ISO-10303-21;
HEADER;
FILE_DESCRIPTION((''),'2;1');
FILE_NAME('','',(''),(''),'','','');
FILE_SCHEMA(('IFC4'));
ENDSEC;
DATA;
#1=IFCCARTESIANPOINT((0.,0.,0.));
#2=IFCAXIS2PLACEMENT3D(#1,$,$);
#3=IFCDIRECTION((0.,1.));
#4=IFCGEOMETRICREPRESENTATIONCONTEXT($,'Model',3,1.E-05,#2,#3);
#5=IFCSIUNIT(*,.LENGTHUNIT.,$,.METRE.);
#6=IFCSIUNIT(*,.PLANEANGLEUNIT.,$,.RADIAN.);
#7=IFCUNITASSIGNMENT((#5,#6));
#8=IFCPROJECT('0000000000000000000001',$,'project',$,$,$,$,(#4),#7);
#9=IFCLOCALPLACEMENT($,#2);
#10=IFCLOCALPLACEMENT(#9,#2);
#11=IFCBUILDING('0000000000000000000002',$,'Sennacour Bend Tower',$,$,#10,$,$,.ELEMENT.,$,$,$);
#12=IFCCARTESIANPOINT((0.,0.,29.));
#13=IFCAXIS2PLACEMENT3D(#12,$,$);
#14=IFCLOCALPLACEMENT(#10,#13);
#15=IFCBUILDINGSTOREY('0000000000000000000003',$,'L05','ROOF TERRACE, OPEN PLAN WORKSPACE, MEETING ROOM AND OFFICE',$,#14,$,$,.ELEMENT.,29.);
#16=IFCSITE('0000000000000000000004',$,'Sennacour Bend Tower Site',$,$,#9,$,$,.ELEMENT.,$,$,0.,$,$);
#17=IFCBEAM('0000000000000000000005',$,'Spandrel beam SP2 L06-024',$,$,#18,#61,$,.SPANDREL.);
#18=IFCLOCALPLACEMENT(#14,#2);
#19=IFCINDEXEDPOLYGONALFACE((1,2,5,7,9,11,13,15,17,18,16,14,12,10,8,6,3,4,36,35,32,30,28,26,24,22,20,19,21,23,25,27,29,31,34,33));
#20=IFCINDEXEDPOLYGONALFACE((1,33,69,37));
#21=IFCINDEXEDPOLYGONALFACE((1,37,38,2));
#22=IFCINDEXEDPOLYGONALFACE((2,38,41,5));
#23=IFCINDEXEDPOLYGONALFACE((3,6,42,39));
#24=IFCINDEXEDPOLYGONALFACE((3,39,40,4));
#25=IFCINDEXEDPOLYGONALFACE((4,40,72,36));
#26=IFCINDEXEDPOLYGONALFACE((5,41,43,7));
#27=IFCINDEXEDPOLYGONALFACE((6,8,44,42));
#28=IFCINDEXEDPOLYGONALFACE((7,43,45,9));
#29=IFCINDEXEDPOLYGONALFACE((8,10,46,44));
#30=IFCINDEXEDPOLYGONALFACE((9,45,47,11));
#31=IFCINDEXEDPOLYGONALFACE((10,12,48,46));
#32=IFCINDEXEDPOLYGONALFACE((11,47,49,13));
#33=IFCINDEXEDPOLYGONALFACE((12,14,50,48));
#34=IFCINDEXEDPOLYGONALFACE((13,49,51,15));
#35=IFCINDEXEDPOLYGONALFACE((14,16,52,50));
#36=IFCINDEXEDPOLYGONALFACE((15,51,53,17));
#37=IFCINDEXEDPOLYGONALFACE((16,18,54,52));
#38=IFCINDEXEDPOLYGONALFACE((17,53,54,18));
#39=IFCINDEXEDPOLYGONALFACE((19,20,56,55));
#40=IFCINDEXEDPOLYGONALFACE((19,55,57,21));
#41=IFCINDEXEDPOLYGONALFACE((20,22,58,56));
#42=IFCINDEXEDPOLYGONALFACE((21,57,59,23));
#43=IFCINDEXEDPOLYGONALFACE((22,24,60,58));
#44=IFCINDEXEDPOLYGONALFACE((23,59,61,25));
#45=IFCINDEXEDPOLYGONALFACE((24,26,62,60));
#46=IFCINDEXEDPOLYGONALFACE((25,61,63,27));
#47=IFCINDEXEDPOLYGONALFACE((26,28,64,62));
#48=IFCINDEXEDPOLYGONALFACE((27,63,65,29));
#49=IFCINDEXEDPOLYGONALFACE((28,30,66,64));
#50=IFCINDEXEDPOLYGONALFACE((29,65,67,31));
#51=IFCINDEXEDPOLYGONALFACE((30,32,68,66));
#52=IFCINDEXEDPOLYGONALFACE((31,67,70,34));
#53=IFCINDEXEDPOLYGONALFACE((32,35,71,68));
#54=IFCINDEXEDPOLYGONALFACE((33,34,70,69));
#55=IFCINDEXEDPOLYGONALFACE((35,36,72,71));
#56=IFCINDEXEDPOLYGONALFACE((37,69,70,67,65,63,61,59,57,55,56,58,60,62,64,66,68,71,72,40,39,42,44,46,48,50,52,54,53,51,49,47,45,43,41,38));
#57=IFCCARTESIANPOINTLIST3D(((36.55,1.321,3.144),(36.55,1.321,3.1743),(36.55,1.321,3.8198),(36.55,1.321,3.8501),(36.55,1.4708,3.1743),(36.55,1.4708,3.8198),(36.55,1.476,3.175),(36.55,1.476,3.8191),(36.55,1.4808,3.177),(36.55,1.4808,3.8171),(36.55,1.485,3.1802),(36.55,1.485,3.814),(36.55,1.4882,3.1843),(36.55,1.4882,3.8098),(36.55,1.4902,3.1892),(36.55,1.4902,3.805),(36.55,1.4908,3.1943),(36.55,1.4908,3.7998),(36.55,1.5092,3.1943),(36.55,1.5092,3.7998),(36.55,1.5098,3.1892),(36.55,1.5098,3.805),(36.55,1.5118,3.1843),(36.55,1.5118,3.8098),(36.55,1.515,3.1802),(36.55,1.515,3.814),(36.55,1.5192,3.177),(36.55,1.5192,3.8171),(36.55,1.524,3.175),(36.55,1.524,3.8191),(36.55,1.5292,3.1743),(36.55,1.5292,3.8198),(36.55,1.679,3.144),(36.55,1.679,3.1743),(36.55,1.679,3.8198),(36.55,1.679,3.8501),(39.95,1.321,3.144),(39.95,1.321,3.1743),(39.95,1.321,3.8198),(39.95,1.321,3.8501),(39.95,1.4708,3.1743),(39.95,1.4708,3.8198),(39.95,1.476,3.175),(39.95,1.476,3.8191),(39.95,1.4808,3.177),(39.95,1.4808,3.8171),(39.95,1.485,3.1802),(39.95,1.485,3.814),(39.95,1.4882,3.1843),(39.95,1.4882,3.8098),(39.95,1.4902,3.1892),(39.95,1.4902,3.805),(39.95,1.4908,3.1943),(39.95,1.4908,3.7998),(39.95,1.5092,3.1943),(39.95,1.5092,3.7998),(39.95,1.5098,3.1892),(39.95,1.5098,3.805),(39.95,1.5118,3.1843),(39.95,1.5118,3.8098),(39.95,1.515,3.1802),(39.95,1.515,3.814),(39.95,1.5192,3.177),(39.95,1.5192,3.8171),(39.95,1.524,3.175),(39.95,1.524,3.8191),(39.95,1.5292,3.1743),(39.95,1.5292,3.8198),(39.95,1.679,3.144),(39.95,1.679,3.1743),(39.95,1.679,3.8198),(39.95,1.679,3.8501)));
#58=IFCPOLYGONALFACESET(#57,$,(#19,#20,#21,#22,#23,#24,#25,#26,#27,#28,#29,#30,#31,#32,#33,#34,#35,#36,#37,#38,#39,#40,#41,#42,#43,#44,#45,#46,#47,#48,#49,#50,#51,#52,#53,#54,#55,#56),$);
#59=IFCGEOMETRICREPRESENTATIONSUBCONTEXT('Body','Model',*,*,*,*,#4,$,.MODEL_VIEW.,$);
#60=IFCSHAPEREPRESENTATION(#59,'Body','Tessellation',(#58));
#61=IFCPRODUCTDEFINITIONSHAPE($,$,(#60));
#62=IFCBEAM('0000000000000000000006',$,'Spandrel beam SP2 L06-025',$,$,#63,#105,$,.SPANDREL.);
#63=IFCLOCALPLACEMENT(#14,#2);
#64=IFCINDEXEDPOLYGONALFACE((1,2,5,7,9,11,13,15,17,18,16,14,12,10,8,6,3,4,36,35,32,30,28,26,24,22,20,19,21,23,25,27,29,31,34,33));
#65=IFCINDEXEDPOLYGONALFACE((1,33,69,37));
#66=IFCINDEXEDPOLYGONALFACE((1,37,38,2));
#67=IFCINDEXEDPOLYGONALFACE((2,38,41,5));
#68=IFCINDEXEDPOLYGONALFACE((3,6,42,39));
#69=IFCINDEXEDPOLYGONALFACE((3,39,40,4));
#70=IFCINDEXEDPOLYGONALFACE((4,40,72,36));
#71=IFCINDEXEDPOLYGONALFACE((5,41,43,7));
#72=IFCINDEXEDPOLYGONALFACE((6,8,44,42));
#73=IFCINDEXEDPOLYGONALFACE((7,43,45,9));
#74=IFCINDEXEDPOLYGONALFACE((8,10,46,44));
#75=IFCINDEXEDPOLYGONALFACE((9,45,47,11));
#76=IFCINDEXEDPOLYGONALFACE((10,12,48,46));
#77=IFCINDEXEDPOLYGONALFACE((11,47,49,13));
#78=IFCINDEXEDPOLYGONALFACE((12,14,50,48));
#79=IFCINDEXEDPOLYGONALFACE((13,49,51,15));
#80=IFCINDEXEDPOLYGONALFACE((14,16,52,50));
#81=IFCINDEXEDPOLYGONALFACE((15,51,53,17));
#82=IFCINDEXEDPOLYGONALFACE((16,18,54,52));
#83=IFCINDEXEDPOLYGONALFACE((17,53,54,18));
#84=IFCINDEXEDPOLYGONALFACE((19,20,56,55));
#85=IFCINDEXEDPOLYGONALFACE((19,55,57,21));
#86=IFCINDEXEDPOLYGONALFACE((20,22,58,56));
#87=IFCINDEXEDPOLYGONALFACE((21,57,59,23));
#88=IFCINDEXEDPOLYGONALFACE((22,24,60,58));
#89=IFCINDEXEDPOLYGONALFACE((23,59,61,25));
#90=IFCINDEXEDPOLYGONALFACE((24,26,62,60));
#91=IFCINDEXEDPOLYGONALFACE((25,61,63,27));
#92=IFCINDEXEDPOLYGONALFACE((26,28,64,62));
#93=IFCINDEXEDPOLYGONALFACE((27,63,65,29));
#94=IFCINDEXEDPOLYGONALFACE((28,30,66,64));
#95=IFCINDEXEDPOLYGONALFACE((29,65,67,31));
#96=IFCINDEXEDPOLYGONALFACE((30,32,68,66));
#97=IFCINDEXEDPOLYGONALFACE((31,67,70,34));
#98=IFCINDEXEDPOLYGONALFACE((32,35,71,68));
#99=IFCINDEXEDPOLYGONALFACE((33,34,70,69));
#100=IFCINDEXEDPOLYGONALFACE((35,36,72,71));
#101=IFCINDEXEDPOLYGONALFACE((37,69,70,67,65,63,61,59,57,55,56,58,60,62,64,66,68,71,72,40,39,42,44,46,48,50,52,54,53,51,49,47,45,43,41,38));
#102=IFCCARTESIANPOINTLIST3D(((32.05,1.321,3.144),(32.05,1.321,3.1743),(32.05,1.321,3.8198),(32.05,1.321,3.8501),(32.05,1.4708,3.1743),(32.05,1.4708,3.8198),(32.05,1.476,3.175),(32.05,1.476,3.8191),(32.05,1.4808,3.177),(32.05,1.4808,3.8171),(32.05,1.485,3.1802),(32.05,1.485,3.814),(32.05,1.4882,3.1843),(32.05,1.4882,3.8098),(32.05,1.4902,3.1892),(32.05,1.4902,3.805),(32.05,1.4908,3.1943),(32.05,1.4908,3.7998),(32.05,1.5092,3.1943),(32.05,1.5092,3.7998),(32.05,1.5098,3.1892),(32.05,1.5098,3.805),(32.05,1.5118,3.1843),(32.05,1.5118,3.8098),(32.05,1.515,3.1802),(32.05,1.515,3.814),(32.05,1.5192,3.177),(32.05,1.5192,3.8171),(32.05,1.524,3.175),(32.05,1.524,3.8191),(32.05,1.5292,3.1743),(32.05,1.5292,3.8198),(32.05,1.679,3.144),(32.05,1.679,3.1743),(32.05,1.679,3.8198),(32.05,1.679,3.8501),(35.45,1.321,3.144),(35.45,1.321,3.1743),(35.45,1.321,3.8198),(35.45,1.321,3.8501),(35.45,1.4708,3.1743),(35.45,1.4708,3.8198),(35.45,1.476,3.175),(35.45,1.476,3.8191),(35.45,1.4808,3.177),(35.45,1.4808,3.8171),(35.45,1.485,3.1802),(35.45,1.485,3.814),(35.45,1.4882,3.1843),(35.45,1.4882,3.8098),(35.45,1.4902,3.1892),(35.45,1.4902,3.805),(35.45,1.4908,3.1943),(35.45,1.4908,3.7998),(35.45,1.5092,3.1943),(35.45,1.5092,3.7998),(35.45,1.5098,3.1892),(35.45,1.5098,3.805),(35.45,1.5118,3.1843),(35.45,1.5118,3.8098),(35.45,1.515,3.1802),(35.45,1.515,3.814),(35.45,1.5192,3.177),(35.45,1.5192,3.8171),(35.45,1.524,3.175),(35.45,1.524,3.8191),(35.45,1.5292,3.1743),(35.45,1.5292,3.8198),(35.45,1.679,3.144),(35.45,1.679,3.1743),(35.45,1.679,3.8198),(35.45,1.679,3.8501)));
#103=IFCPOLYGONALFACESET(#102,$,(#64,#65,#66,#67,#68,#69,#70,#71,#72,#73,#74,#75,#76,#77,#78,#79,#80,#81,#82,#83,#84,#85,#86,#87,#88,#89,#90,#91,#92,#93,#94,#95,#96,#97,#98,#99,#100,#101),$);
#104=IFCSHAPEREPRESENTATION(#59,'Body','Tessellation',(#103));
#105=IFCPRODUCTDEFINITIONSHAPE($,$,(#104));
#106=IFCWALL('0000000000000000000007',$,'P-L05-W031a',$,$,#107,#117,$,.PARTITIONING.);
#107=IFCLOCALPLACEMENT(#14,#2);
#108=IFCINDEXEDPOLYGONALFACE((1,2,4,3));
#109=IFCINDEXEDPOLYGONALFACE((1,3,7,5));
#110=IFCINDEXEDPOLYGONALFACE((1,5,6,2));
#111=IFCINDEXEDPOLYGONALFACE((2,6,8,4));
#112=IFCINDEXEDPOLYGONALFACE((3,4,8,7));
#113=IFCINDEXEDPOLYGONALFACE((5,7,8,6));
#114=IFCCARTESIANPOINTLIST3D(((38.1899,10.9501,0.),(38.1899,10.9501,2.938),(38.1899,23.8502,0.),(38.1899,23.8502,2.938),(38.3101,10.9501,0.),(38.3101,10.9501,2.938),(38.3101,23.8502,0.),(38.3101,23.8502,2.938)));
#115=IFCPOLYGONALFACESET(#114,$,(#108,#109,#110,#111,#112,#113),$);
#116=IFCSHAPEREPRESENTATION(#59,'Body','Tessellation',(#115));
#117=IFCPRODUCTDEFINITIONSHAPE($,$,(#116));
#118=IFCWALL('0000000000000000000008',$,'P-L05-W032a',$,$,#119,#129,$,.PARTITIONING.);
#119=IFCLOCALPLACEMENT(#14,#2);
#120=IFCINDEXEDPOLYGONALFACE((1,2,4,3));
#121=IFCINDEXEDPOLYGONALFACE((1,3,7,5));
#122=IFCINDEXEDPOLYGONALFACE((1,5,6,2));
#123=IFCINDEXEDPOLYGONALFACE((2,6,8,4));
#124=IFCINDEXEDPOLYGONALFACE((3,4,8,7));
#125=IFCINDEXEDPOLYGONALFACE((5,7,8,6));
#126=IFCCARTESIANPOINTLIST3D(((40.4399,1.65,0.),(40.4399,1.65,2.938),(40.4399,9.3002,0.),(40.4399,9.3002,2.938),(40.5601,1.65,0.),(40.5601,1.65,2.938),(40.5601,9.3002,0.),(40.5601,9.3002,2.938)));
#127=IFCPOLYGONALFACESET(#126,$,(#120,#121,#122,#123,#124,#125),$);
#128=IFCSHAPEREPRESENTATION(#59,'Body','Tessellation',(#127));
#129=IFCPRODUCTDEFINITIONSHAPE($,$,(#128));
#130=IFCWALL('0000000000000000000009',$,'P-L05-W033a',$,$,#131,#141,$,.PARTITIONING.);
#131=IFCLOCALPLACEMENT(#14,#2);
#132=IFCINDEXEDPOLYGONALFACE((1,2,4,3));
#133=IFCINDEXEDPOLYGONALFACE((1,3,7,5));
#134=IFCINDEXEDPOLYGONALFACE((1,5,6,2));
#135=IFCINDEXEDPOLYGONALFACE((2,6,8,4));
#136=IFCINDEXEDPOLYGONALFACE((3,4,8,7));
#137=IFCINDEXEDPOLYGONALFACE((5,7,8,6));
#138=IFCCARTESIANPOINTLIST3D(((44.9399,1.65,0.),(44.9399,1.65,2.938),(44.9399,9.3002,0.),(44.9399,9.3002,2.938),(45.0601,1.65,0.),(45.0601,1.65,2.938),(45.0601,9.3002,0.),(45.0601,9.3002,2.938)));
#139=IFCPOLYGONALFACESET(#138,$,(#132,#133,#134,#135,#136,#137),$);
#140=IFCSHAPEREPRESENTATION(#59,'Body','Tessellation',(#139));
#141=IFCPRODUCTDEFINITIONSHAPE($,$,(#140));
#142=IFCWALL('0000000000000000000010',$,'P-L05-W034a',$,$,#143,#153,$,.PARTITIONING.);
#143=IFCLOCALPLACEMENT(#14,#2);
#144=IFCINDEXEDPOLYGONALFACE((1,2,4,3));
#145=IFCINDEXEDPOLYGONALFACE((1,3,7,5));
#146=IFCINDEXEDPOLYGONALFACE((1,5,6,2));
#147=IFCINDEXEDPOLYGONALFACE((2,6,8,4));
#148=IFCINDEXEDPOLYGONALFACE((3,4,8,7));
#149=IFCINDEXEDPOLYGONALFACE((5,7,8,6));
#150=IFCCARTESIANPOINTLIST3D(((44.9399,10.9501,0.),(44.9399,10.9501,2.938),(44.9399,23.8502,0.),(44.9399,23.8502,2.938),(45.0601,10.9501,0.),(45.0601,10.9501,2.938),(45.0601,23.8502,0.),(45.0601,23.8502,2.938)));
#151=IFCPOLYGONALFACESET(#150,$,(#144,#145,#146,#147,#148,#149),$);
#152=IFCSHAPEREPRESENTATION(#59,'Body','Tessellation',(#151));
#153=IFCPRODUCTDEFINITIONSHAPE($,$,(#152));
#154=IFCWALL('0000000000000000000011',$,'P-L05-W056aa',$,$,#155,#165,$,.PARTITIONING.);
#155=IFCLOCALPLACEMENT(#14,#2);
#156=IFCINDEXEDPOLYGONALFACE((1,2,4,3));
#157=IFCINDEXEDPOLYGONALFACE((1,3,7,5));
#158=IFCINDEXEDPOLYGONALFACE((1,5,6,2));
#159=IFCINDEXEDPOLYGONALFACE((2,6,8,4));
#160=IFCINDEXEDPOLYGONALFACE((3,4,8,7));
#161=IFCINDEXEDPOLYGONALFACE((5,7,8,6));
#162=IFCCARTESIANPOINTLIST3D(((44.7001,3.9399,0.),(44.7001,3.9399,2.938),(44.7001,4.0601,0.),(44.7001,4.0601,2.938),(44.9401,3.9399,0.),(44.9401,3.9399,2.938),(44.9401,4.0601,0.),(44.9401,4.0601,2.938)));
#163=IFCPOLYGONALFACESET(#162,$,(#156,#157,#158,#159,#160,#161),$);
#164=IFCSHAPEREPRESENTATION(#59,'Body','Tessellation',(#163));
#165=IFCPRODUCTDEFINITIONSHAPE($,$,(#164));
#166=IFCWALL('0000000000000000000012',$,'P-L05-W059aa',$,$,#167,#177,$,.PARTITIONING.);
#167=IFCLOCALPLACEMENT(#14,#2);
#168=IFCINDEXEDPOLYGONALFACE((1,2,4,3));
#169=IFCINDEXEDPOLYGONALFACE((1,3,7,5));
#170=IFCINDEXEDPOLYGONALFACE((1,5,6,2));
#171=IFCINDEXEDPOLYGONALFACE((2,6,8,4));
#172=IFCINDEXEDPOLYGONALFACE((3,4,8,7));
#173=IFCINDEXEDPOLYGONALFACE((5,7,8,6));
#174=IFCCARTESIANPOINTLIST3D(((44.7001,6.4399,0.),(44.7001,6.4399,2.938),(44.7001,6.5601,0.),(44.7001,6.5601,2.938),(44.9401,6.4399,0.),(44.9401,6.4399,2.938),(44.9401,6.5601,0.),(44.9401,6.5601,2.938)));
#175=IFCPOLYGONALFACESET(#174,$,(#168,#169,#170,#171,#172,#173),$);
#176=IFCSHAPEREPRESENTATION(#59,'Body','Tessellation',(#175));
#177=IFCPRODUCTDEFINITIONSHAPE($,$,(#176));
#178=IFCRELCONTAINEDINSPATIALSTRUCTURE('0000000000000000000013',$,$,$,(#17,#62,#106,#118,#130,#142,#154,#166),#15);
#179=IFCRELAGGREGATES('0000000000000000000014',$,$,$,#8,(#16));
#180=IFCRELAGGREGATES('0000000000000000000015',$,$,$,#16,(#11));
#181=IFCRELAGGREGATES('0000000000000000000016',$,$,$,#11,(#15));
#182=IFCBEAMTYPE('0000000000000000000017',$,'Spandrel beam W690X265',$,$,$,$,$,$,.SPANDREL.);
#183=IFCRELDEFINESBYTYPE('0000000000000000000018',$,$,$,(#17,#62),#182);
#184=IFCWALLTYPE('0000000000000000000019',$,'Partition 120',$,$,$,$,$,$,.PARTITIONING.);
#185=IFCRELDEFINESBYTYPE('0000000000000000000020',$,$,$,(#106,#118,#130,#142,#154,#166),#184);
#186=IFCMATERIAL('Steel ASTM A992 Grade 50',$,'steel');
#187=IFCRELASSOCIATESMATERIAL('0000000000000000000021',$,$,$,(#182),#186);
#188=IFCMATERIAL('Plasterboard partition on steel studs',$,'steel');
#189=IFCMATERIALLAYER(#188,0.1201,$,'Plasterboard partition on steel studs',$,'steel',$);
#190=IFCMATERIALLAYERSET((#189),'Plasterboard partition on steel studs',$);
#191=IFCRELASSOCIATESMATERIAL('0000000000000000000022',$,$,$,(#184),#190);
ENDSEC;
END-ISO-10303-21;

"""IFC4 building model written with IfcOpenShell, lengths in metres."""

from ifc_helpers import new_model, si_unit, direction, frame, frame_2d, origin, origin_2d, place, context, subcontext, project, spatial, rectangle, i_section, extrude, material, layer, layer_set, material_profile, profile_set, type_object, element, save


model = new_model("IFC4")

# Units and contexts
model_context = context("Model", 3, precision=1e-05, world=origin(), true_north=direction((0.0, 1.0)))
body_context = subcontext(model_context, "Body", "Model", "MODEL_VIEW")
ifc_project = project(units=[si_unit("LENGTHUNIT", "METRE"), si_unit("PLANEANGLEUNIT", "RADIAN")], contexts=[model_context])

# Site, building, storey
site_placement = place(None, origin())
site = spatial("IfcSite", under=ifc_project, at=site_placement, Name="Sennacour Bend Tower Site", CompositionType="ELEMENT", RefElevation=0.0)
building_placement = place(site_placement, origin())
building = spatial("IfcBuilding", under=site, at=building_placement, Name="Sennacour Bend Tower", CompositionType="ELEMENT")
storey_placement = place(building_placement, frame((0.0, 0.0, 29.0)))
storey = spatial("IfcBuildingStorey", under=building, at=storey_placement, Name="L05", Description="ROOF TERRACE, OPEN PLAN WORKSPACE, MEETING ROOM AND OFFICE", CompositionType="ELEMENT", Elevation=29.0)

# Beams
ifc_material_1 = material(Name="Steel ASTM A992 Grade 50", Category="steel")
ifc_material_profile_1 = material_profile(ifc_material_1, i_section(OverallWidth=0.3579, OverallDepth=0.7061, WebThickness=0.0183, FlangeThickness=0.0303, FilletRadius=0.02, at=origin_2d()), Name="Steel ASTM A992 Grade 50", Category="steel")
ifc_profile_set_1 = profile_set([ifc_material_profile_1], Name="Steel ASTM A992 Grade 50")
beam_type_1 = type_object("IfcBeamType", Name="Spandrel beam W690X265", PredefinedType="SPANDREL", material=ifc_profile_set_1)
for number, where, z_axis, x_axis, name in (
    (1, (39.95, 1.5, 3.4971), (-1.0, 0.0, 0.0), (0.0, -1.0, 0.0), "Spandrel beam SP2 L06-024"),
    (2, (35.45, 1.5, 3.4971), (-1.0, 0.0, 0.0), (0.0, -1.0, 0.0), "Spandrel beam SP2 L06-025"),
):
    element("IfcBeam", number, at=place(storey_placement, frame(where, z_axis=z_axis, x_axis=x_axis)), inside=storey, type_object=beam_type_1, Name=name, PredefinedType="SPANDREL", context=body_context, shape_type="SweptSolid", body=[
        extrude(i_section(OverallWidth=0.3579, OverallDepth=0.7061, WebThickness=0.0183, FlangeThickness=0.0303, FilletRadius=0.02, at=origin_2d()), origin(), (0.0, 0.0, 1.0), 3.3999),
    ])

# Walls
ifc_material_2 = material(Name="Plasterboard partition on steel studs", Category="steel")
ifc_layer_1 = layer(ifc_material_2, 0.1201, Name="Plasterboard partition on steel studs", Category="steel")
ifc_layer_set_1 = layer_set([ifc_layer_1], Name="Plasterboard partition on steel studs")
wall_type_1 = type_object("IfcWallType", Name="Partition 120", PredefinedType="PARTITIONING", material=ifc_layer_set_1)
wall_1_placement = place(storey_placement, frame((38.25, 10.95, 0.0), z_axis=(0.0, 0.0, 1.0), x_axis=(0.0, 1.0, 0.0)))
element("IfcWall", 3, at=wall_1_placement, inside=storey, type_object=wall_type_1, Name="P-L05-W031a", PredefinedType="PARTITIONING", context=body_context, shape_type="SweptSolid", body=[
    extrude(rectangle(XDim=12.9001, YDim=0.1201, at=frame_2d((6.4502, 0.0))), origin(), (0.0, 0.0, 1.0), 2.938),
])
for number, where, z_axis, x_axis, name in (
    (4, (40.5, 1.6499, 0.0), (0.0, 0.0, 1.0), (0.0, 1.0, 0.0), "P-L05-W032a"),
    (5, (45.0, 1.6499, 0.0), (0.0, 0.0, 1.0), (0.0, 1.0, 0.0), "P-L05-W033a"),
):
    element("IfcWall", number, at=place(storey_placement, frame(where, z_axis=z_axis, x_axis=x_axis)), inside=storey, type_object=wall_type_1, Name=name, PredefinedType="PARTITIONING", context=body_context, shape_type="SweptSolid", body=[
        extrude(rectangle(XDim=7.6501, YDim=0.1201, at=frame_2d((3.8252, 0.0))), origin(), (0.0, 0.0, 1.0), 2.938),
    ])
wall_2_placement = place(storey_placement, frame((45.0, 10.95, 0.0), z_axis=(0.0, 0.0, 1.0), x_axis=(0.0, 1.0, 0.0)))
element("IfcWall", 6, at=wall_2_placement, inside=storey, type_object=wall_type_1, Name="P-L05-W034a", PredefinedType="PARTITIONING", context=body_context, shape_type="SweptSolid", body=[
    extrude(rectangle(XDim=12.9001, YDim=0.1201, at=frame_2d((6.4502, 0.0))), origin(), (0.0, 0.0, 1.0), 2.938),
])
for number, where, z_axis, x_axis, name in (
    (7, (44.7, 4.0, 0.0), (0.0, 0.0, 1.0), (1.0, 0.0, 0.0), "P-L05-W056aa"),
    (8, (44.7, 6.5, 0.0), (0.0, 0.0, 1.0), (1.0, 0.0, 0.0), "P-L05-W059aa"),
):
    element("IfcWall", number, at=place(storey_placement, frame(where, z_axis=z_axis, x_axis=x_axis)), inside=storey, type_object=wall_type_1, Name=name, PredefinedType="PARTITIONING", context=body_context, shape_type="SweptSolid", body=[
        extrude(rectangle(XDim=0.24, YDim=0.1201, at=frame_2d((0.1201, 0.0))), origin(), (0.0, 0.0, 1.0), 2.938),
    ])

save(model, "model.ifc")
